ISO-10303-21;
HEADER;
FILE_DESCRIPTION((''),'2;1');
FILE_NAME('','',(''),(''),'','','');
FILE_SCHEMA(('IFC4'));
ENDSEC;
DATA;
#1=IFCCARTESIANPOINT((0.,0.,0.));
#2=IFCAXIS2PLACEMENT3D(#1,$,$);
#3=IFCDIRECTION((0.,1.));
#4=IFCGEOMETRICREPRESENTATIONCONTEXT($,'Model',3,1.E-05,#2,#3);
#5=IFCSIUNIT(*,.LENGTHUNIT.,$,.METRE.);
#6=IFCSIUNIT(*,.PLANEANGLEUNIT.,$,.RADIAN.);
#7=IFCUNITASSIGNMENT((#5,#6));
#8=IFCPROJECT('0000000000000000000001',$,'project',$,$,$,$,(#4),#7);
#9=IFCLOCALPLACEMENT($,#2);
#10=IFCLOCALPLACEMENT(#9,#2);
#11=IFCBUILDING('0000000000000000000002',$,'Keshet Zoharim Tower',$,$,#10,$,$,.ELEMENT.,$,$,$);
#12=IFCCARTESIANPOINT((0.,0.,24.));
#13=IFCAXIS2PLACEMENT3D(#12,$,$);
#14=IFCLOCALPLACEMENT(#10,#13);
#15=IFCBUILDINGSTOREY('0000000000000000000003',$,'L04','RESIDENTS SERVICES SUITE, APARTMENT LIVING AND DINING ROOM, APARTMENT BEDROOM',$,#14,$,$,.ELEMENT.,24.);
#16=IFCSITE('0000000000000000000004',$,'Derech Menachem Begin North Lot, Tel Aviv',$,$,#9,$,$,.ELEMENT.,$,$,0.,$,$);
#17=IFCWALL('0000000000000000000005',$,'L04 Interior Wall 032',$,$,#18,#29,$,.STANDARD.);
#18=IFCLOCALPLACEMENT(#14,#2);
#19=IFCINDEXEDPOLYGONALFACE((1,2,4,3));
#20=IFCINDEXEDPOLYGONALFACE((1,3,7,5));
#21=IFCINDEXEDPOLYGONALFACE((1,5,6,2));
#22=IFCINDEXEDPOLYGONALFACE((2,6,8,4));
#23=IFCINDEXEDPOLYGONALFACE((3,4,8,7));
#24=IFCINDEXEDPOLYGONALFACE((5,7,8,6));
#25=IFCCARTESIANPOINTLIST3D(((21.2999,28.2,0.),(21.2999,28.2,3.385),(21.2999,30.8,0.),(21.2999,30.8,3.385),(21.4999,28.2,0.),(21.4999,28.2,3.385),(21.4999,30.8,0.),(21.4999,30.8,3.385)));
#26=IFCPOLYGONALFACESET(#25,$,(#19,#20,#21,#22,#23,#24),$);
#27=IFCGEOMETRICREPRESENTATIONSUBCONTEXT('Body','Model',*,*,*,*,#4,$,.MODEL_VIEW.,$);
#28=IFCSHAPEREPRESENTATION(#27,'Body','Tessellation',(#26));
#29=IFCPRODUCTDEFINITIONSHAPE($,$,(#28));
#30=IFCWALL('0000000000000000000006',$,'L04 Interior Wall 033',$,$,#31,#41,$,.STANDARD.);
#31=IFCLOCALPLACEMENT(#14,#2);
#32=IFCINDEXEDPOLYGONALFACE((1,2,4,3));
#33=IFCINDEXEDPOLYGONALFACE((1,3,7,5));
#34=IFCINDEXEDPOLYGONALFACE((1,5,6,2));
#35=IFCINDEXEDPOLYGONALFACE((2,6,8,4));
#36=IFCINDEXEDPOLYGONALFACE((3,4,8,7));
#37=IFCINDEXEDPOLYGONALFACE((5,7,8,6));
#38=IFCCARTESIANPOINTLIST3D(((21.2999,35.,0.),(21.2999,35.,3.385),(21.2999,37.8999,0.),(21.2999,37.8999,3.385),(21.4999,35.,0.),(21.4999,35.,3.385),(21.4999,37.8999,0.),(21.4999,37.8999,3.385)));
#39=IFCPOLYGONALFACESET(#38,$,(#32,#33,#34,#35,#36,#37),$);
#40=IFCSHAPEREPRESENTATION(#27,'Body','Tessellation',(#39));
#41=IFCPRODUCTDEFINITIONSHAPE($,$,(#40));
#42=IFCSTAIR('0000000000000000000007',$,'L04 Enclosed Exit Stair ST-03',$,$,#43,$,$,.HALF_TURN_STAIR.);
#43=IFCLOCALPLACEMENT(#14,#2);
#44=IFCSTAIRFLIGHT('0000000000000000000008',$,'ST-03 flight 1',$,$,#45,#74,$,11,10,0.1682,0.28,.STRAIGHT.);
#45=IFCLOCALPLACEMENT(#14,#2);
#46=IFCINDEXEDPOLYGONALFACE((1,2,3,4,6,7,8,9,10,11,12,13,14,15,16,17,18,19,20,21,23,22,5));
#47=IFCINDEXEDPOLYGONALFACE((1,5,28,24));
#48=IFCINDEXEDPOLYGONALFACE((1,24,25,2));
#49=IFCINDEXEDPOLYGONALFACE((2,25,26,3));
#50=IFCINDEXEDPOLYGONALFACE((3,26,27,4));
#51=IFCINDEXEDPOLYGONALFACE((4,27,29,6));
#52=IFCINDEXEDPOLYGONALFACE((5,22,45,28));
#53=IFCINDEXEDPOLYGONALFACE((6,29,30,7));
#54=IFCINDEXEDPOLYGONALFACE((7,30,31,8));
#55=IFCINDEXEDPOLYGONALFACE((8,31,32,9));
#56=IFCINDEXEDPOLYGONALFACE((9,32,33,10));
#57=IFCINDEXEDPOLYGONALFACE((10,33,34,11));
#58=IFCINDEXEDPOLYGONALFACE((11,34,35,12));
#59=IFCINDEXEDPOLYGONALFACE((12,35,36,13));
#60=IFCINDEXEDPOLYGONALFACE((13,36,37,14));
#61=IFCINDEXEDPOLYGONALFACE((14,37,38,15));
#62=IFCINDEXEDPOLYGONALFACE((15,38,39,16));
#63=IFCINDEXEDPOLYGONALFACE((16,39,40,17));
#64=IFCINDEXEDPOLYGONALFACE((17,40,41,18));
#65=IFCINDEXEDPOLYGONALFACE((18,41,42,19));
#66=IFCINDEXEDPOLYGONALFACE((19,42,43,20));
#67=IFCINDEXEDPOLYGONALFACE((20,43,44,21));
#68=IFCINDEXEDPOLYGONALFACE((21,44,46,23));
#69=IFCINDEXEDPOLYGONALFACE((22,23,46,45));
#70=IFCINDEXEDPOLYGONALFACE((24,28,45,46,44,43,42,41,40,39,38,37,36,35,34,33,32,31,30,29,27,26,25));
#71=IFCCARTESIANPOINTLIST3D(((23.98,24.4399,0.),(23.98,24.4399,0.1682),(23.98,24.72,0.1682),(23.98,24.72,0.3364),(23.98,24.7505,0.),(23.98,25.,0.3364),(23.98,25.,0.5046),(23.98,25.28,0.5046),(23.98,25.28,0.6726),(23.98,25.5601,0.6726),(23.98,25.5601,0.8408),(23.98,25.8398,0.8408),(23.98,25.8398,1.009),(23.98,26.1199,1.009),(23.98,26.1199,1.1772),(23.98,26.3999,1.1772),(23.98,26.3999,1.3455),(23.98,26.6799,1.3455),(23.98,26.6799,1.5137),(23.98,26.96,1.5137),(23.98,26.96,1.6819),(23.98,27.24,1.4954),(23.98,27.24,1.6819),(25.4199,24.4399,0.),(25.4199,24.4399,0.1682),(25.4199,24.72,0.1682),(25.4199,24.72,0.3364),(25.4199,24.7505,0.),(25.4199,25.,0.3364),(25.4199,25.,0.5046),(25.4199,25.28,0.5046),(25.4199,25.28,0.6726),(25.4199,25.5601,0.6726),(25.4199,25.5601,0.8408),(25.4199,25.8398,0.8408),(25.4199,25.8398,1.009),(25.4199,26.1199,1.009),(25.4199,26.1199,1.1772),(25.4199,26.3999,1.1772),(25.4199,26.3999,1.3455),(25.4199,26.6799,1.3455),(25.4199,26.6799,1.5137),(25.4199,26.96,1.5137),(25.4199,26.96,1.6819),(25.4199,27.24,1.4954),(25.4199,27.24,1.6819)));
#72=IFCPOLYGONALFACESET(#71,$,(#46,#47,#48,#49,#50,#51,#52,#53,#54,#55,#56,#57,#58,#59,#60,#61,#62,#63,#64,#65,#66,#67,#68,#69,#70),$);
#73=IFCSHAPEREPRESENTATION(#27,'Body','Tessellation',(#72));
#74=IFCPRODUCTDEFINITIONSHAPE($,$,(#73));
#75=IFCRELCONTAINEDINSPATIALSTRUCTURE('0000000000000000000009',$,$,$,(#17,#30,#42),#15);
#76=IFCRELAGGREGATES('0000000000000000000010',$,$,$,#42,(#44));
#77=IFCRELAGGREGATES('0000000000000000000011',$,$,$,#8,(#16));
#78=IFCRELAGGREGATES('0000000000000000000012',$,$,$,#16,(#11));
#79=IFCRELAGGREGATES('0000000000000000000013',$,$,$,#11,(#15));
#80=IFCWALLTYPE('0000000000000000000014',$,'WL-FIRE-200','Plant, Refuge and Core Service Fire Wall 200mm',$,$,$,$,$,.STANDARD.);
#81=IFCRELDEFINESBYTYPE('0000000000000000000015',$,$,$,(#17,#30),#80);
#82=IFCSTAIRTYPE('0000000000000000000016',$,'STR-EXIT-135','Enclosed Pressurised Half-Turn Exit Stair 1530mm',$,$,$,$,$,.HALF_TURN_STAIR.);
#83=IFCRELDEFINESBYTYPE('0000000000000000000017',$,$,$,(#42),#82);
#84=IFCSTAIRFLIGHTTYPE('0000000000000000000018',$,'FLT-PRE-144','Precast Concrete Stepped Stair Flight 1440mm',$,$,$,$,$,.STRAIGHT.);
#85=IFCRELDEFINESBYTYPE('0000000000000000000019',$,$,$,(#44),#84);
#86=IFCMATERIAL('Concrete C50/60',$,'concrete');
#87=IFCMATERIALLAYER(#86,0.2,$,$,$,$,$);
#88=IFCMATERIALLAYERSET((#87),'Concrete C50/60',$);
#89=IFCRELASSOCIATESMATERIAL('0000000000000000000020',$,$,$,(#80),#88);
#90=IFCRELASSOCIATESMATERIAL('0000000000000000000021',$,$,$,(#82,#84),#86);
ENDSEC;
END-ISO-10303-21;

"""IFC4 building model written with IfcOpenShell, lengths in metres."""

from ifc_helpers import new_model, si_unit, direction, frame, frame_2d, origin, place, context, subcontext, project, spatial, polyline, rectangle, outline, extrude, material, layer, layer_set, type_object, element, aggregate, save


model = new_model("IFC4")

# Units and contexts
model_context = context("Model", 3, precision=1e-05, world=origin(), true_north=direction((0.0, 1.0)))
body_context = subcontext(model_context, "Body", "Model", "MODEL_VIEW")
ifc_project = project(units=[si_unit("LENGTHUNIT", "METRE"), si_unit("PLANEANGLEUNIT", "RADIAN")], contexts=[model_context])

# Site, building, storey
site_placement = place(None, origin())
site = spatial("IfcSite", under=ifc_project, at=site_placement, Name="Derech Menachem Begin North Lot, Tel Aviv", CompositionType="ELEMENT", RefElevation=0.0)
building_placement = place(site_placement, origin())
building = spatial("IfcBuilding", under=site, at=building_placement, Name="Keshet Zoharim Tower", CompositionType="ELEMENT")
storey_placement = place(building_placement, frame((0.0, 0.0, 24.0)))
storey = spatial("IfcBuildingStorey", under=building, at=storey_placement, Name="L04", Description="RESIDENTS SERVICES SUITE, APARTMENT LIVING AND DINING ROOM, APARTMENT BEDROOM", CompositionType="ELEMENT", Elevation=24.0)

# Walls
ifc_material_1 = material(Name="Concrete C50/60", Category="concrete")
ifc_layer_1 = layer(ifc_material_1, 0.2)
ifc_layer_set_1 = layer_set([ifc_layer_1], Name="Concrete C50/60")
wall_type_1 = type_object("IfcWallType", Name="WL-FIRE-200", Description="Plant, Refuge and Core Service Fire Wall 200mm", PredefinedType="STANDARD", material=ifc_layer_set_1)
wall_1_placement = place(storey_placement, frame((21.3999, 28.2, 0.0), z_axis=(0.0, 0.0, 1.0), x_axis=(0.0, 1.0, 0.0)))
element("IfcWall", 1, at=wall_1_placement, inside=storey, type_object=wall_type_1, Name="L04 Interior Wall 032", PredefinedType="STANDARD", context=body_context, shape_type="SweptSolid", body=[
    extrude(rectangle(XDim=2.6001, YDim=0.2, at=frame_2d((1.3, 0.0))), origin(), (0.0, 0.0, 1.0), 3.385),
])
wall_2_placement = place(storey_placement, frame((21.3999, 35.0, 0.0), z_axis=(0.0, 0.0, 1.0), x_axis=(0.0, 1.0, 0.0)))
element("IfcWall", 2, at=wall_2_placement, inside=storey, type_object=wall_type_1, Name="L04 Interior Wall 033", PredefinedType="STANDARD", context=body_context, shape_type="SweptSolid", body=[
    extrude(rectangle(XDim=2.8999, YDim=0.2, at=frame_2d((1.45, 0.0))), origin(), (0.0, 0.0, 1.0), 3.385),
])

# Stair, stair flight
stair_type = type_object("IfcStairType", Name="STR-EXIT-135", Description="Enclosed Pressurised Half-Turn Exit Stair 1530mm", PredefinedType="HALF_TURN_STAIR", material=ifc_material_1)
stair_placement = place(storey_placement, origin())
stair = element("IfcStair", 3, at=stair_placement, inside=storey, type_object=stair_type, Name="L04 Enclosed Exit Stair ST-03", PredefinedType="HALF_TURN_STAIR")
stair_flight_type = type_object("IfcStairFlightType", Name="FLT-PRE-144", Description="Precast Concrete Stepped Stair Flight 1440mm", PredefinedType="STRAIGHT", material=ifc_material_1)
stair_flight_placement = place(storey_placement, frame((24.7, 24.4399, 0.0), z_axis=(0.0, 0.0, 1.0), x_axis=(0.0, 1.0, 0.0)))
stair_flight = element("IfcStairFlight", 4, at=stair_flight_placement, type_object=stair_flight_type, Name="ST-03 flight 1", NumberOfRisers=11, NumberOfTreads=10, PredefinedType="STRAIGHT", RiserHeight=0.1682, TreadLength=0.28, context=body_context, shape_type="SweptSolid", body=[
    extrude(outline(polyline([(0.0, 0.0), (0.0, 0.1682), (0.28, 0.1682), (0.28, 0.3364), (0.5601, 0.3364), (0.5601, 0.5046), (0.8401, 0.5046), (0.8401, 0.6726), (1.1201, 0.6726), (1.1201, 0.8408), (1.3999, 0.8408), (1.3999, 1.009), (1.6799, 1.009), (1.6799, 1.1772), (1.96, 1.1772), (1.96, 1.3455), (2.24, 1.3455), (2.24, 1.5137), (2.52, 1.5137), (2.52, 1.6819), (2.8, 1.6819), (2.8, 1.8501), (2.8, 1.4954), (0.3105, 0.0), (0.0, 0.0)])), frame((0.0, 0.72, 0.0), z_axis=(0.0, -1.0, 0.0), x_axis=(1.0, 0.0, 0.0)), (0.0, 0.0, 1.0), 1.4399),
])
aggregate(stair, [stair_flight])

save(model, "model.ifc")
